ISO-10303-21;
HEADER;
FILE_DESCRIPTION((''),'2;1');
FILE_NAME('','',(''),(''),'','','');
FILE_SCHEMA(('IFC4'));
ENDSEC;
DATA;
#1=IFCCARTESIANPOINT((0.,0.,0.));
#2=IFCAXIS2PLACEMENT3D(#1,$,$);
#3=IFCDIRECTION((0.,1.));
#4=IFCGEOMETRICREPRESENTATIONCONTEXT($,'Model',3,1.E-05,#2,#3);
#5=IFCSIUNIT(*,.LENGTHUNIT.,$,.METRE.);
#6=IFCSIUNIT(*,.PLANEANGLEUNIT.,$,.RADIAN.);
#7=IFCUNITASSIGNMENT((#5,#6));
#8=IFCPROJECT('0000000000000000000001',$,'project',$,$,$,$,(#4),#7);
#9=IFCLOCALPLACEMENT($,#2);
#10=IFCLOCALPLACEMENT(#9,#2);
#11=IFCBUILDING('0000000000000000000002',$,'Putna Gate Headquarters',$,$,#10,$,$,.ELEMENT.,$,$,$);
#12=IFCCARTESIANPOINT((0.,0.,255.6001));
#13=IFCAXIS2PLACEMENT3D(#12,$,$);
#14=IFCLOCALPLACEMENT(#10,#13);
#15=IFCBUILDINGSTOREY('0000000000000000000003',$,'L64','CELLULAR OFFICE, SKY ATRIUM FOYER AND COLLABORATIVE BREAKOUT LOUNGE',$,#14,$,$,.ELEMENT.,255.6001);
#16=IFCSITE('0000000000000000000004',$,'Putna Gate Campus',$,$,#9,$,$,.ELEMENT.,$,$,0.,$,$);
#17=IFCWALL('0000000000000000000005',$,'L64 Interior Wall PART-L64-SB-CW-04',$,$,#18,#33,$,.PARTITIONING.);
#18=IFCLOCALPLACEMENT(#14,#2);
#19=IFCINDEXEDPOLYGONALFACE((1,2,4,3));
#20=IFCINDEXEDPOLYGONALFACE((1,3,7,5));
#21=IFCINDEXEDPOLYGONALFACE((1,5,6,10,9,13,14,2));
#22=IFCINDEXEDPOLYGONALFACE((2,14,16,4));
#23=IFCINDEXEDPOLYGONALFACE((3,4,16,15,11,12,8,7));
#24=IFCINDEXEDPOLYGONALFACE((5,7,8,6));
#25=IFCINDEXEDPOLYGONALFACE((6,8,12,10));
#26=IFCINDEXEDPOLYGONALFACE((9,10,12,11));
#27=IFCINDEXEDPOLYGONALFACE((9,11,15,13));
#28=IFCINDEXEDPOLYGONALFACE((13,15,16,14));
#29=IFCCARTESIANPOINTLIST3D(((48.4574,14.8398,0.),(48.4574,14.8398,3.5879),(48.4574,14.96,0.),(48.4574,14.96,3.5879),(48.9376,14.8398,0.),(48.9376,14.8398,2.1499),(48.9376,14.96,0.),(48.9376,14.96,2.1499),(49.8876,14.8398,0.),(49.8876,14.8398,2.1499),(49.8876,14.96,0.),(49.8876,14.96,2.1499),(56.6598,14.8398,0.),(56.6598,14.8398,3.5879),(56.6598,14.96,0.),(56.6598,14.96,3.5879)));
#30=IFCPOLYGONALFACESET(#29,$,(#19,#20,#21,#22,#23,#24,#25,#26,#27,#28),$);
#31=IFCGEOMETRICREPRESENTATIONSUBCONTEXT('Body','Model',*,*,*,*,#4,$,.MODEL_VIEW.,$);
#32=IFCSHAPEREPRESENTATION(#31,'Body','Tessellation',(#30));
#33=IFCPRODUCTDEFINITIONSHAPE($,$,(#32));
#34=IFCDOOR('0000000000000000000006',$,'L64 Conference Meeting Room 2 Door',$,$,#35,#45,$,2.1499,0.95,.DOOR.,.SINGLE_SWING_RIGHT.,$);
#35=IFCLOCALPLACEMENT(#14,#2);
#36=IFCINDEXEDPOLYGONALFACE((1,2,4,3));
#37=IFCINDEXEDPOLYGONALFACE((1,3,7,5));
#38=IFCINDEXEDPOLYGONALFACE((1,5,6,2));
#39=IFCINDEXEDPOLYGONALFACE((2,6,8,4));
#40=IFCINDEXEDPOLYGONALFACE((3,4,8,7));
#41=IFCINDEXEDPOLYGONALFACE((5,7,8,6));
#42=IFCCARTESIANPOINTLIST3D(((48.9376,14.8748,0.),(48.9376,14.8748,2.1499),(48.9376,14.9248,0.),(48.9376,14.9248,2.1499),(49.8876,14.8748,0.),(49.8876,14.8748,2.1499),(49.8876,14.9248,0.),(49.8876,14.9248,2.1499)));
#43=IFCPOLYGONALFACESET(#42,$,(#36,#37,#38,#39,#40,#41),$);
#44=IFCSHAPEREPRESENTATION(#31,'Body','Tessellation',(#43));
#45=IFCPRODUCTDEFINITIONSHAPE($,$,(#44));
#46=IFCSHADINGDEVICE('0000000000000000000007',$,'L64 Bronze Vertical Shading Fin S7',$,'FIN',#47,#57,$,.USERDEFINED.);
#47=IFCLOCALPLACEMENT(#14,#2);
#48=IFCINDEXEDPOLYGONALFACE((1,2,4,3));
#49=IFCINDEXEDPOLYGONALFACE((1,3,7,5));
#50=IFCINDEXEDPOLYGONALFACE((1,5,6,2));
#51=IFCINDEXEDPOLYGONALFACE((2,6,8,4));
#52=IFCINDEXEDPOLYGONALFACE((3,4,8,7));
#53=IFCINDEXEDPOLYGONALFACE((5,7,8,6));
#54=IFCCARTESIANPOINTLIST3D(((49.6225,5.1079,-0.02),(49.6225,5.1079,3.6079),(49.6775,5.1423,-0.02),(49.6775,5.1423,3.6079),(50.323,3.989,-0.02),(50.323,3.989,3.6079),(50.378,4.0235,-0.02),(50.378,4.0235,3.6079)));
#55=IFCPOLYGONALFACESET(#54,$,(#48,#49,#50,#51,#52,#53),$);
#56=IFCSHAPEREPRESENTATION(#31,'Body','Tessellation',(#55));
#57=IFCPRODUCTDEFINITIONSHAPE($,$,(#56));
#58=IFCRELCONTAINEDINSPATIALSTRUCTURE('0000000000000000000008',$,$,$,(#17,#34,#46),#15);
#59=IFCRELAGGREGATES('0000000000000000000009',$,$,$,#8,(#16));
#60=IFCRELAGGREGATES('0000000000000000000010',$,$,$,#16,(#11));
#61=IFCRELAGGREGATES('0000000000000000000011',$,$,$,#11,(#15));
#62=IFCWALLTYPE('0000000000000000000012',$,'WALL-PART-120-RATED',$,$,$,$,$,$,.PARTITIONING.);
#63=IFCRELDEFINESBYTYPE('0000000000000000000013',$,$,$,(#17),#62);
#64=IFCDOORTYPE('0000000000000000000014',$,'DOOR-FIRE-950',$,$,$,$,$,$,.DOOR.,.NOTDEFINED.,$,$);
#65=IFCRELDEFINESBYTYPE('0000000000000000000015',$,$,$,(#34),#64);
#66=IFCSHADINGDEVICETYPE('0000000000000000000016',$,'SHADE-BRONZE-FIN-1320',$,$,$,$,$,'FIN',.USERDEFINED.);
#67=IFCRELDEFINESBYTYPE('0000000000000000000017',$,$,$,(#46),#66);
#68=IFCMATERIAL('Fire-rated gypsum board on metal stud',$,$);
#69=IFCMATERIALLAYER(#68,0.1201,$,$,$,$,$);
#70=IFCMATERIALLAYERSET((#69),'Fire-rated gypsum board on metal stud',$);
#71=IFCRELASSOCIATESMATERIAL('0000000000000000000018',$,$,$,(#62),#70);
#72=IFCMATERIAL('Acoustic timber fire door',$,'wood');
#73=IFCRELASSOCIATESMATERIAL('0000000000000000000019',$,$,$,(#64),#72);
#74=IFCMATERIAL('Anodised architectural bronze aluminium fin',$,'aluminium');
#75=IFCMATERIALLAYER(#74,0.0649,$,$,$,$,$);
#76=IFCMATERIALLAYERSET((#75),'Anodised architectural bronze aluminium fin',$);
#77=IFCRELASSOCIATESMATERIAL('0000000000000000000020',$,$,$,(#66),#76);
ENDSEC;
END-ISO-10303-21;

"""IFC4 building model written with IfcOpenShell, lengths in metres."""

from ifc_helpers import new_model, si_unit, direction, frame, frame_2d, origin, origin_2d, place, context, subcontext, project, spatial, rectangle, extrude, material, layer, layer_set, type_object, element, fill, save


model = new_model("IFC4")

# Units and contexts
model_context = context("Model", 3, precision=1e-05, world=origin(), true_north=direction((0.0, 1.0)))
body_context = subcontext(model_context, "Body", "Model", "MODEL_VIEW")
ifc_project = project(units=[si_unit("LENGTHUNIT", "METRE"), si_unit("PLANEANGLEUNIT", "RADIAN")], contexts=[model_context])

# Site, building, storey
site_placement = place(None, origin())
site = spatial("IfcSite", under=ifc_project, at=site_placement, Name="Putna Gate Campus", CompositionType="ELEMENT", RefElevation=0.0)
building_placement = place(site_placement, origin())
building = spatial("IfcBuilding", under=site, at=building_placement, Name="Putna Gate Headquarters", CompositionType="ELEMENT")
storey_placement = place(building_placement, frame((0.0, 0.0, 255.6001)))
storey = spatial("IfcBuildingStorey", under=building, at=storey_placement, Name="L64", Description="CELLULAR OFFICE, SKY ATRIUM FOYER AND COLLABORATIVE BREAKOUT LOUNGE", CompositionType="ELEMENT", Elevation=255.6001)

# Wall, opening, door
ifc_material_1 = material(Name="Fire-rated gypsum board on metal stud")
ifc_layer_1 = layer(ifc_material_1, 0.1201)
ifc_layer_set_1 = layer_set([ifc_layer_1], Name="Fire-rated gypsum board on metal stud")
wall_type_1 = type_object("IfcWallType", Name="WALL-PART-120-RATED", PredefinedType="PARTITIONING", material=ifc_layer_set_1)
wall_1_placement = place(storey_placement, frame((48.4575, 14.8999, 0.0), z_axis=(0.0, 0.0, 1.0), x_axis=(1.0, 0.0, 0.0)))
wall_1 = element("IfcWall", 1, at=wall_1_placement, inside=storey, type_object=wall_type_1, Name="L64 Interior Wall PART-L64-SB-CW-04", PredefinedType="PARTITIONING", context=body_context, shape_type="SweptSolid", body=[
    extrude(rectangle(XDim=8.2024, YDim=0.1201, at=frame_2d((4.1011, 0.0))), origin(), (0.0, 0.0, 1.0), 3.5879),
])
opening_placement = place(wall_1_placement, frame((0.48, 0.0, 0.0)))
opening = element("IfcOpeningElement", 2, at=opening_placement, cuts=wall_1, PredefinedType="OPENING", context=body_context, shape_type="SweptSolid", body=[
    extrude(rectangle(XDim=0.95, YDim=2.1499, at=frame_2d((0.4751, 1.075))), frame((0.0, 0.0701, 0.0), z_axis=(0.0, -1.0, 0.0), x_axis=(1.0, 0.0, 0.0)), (0.0, 0.0, 1.0), 0.1401),
])
ifc_material_2 = material(Name="Acoustic timber fire door", Category="wood")
door_type = type_object("IfcDoorType", Name="DOOR-FIRE-950", OperationType="NOTDEFINED", PredefinedType="DOOR", material=ifc_material_2)
door_placement = place(opening_placement, origin())
door = element("IfcDoor", 3, at=door_placement, inside=storey, type_object=door_type, Name="L64 Conference Meeting Room 2 Door", OperationType="SINGLE_SWING_RIGHT", OverallHeight=2.1499, OverallWidth=0.95, PredefinedType="DOOR", context=body_context, shape_type="SweptSolid", body=[
    extrude(rectangle(XDim=0.95, YDim=2.1499, at=frame_2d((0.4751, 1.075))), frame((0.0, 0.0249, 0.0), z_axis=(0.0, -1.0, 0.0), x_axis=(1.0, 0.0, 0.0)), (0.0, 0.0, 1.0), 0.05),
])
fill(opening, door)

# Shading device
ifc_material_3 = material(Name="Anodised architectural bronze aluminium fin", Category="aluminium")
ifc_layer_2 = layer(ifc_material_3, 0.0649)
ifc_layer_set_2 = layer_set([ifc_layer_2], Name="Anodised architectural bronze aluminium fin")
shading_device_type = type_object("IfcShadingDeviceType", Name="SHADE-BRONZE-FIN-1320", ElementType="FIN", PredefinedType="USERDEFINED", material=ifc_layer_set_2)
shading_device_placement = place(storey_placement, frame((50.0002, 4.5657, -0.02), z_axis=(0.0, 0.0, 1.0), x_axis=(0.530659, -0.847585, 0.0)))
element("IfcShadingDevice", 4, at=shading_device_placement, inside=storey, type_object=shading_device_type, Name="L64 Bronze Vertical Shading Fin S7", ObjectType="FIN", PredefinedType="USERDEFINED", context=body_context, shape_type="SweptSolid", body=[
    extrude(rectangle(XDim=1.3201, YDim=0.0649, at=origin_2d()), origin(), (0.0, 0.0, 1.0), 3.6279),
])

save(model, "model.ifc")
